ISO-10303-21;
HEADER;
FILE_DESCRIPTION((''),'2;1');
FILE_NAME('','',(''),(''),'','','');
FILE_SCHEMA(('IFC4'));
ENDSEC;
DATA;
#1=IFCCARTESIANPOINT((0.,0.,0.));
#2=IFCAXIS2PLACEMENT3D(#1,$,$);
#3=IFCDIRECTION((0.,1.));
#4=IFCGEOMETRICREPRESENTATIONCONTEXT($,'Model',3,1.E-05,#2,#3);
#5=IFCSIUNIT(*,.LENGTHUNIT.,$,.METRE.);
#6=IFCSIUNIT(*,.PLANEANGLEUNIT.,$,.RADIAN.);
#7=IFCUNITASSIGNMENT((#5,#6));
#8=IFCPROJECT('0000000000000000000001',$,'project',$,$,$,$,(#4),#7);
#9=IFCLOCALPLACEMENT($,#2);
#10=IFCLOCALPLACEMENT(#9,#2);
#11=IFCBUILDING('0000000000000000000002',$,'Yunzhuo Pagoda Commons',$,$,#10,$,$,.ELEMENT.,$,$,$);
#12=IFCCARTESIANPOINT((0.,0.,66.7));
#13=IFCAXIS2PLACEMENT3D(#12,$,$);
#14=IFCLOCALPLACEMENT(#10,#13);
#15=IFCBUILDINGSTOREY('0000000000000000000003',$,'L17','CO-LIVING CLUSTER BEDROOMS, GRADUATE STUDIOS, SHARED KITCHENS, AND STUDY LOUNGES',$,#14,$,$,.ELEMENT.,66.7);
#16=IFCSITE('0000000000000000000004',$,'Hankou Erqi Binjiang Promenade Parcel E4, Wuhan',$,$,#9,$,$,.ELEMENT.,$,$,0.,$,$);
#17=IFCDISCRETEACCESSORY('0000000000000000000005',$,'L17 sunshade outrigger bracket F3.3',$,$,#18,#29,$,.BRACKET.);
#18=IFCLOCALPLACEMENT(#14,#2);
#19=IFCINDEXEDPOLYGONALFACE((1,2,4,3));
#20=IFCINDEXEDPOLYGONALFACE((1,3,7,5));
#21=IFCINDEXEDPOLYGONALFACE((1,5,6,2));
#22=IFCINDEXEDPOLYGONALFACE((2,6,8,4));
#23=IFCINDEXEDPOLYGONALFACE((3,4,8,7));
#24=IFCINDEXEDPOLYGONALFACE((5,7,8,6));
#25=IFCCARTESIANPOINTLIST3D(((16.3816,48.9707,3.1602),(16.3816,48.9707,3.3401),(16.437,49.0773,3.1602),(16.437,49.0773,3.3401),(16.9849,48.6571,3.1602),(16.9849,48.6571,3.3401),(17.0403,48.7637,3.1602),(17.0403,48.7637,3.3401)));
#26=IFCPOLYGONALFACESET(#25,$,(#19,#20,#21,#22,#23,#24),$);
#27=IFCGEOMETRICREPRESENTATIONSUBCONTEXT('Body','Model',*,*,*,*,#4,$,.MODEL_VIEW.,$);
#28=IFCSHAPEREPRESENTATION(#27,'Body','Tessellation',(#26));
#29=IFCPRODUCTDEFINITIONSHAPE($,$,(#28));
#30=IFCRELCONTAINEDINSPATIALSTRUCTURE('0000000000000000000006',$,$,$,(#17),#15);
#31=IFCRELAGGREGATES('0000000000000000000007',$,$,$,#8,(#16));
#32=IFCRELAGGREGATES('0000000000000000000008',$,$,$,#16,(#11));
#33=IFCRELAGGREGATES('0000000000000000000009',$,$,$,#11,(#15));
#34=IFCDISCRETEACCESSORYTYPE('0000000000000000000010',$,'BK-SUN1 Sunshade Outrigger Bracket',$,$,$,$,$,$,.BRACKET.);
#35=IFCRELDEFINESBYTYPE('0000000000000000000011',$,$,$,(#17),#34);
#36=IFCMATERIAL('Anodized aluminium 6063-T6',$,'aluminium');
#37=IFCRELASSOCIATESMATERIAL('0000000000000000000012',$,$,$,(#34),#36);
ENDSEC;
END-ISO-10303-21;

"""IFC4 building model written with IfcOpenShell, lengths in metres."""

from ifc_helpers import new_model, si_unit, direction, frame, origin, origin_2d, place, context, subcontext, project, spatial, rectangle, extrude, source, transform, mapped, material, type_object, element, save


model = new_model("IFC4")

# Units and contexts
model_context = context("Model", 3, precision=1e-05, world=origin(), true_north=direction((0.0, 1.0)))
body_context = subcontext(model_context, "Body", "Model", "MODEL_VIEW")
ifc_project = project(units=[si_unit("LENGTHUNIT", "METRE"), si_unit("PLANEANGLEUNIT", "RADIAN")], contexts=[model_context])

# Site, building, storey
site_placement = place(None, origin())
site = spatial("IfcSite", under=ifc_project, at=site_placement, Name="Hankou Erqi Binjiang Promenade Parcel E4, Wuhan", CompositionType="ELEMENT", RefElevation=0.0)
building_placement = place(site_placement, origin())
building = spatial("IfcBuilding", under=site, at=building_placement, Name="Yunzhuo Pagoda Commons", CompositionType="ELEMENT")
storey_placement = place(building_placement, frame((0.0, 0.0, 66.7)))
storey = spatial("IfcBuildingStorey", under=building, at=storey_placement, Name="L17", Description="CO-LIVING CLUSTER BEDROOMS, GRADUATE STUDIOS, SHARED KITCHENS, AND STUDY LOUNGES", CompositionType="ELEMENT", Elevation=66.7)

# Shared definitions
ifc_material_1 = material(Name="Anodized aluminium 6063-T6", Category="aluminium")

# Discrete accessory
discrete_accessory_type = type_object("IfcDiscreteAccessoryType", Name="BK-SUN1 Sunshade Outrigger Bracket", PredefinedType="BRACKET", material=ifc_material_1)
shared_shape_1 = source(origin(), body_context, "Body", "SweptSolid", [
    extrude(rectangle(XDim=0.1201, YDim=0.6799, at=origin_2d()), origin(), (0.0, 0.0, 1.0), 0.1799),
])
discrete_accessory_placement = place(storey_placement, frame((16.7109, 48.8672, 3.1602), z_axis=(0.0, 0.0, 1.0), x_axis=(-0.461207, -0.887293, 0.0)))
element("IfcDiscreteAccessory", 1, at=discrete_accessory_placement, inside=storey, type_object=discrete_accessory_type, Name="L17 sunshade outrigger bracket F3.3", PredefinedType="BRACKET", context=body_context, shape_type="MappedRepresentation", body=[
    mapped(shared_shape_1, transform((0.0, 0.0, 0.0), scale=1.0)),
])

save(model, "model.ifc")
